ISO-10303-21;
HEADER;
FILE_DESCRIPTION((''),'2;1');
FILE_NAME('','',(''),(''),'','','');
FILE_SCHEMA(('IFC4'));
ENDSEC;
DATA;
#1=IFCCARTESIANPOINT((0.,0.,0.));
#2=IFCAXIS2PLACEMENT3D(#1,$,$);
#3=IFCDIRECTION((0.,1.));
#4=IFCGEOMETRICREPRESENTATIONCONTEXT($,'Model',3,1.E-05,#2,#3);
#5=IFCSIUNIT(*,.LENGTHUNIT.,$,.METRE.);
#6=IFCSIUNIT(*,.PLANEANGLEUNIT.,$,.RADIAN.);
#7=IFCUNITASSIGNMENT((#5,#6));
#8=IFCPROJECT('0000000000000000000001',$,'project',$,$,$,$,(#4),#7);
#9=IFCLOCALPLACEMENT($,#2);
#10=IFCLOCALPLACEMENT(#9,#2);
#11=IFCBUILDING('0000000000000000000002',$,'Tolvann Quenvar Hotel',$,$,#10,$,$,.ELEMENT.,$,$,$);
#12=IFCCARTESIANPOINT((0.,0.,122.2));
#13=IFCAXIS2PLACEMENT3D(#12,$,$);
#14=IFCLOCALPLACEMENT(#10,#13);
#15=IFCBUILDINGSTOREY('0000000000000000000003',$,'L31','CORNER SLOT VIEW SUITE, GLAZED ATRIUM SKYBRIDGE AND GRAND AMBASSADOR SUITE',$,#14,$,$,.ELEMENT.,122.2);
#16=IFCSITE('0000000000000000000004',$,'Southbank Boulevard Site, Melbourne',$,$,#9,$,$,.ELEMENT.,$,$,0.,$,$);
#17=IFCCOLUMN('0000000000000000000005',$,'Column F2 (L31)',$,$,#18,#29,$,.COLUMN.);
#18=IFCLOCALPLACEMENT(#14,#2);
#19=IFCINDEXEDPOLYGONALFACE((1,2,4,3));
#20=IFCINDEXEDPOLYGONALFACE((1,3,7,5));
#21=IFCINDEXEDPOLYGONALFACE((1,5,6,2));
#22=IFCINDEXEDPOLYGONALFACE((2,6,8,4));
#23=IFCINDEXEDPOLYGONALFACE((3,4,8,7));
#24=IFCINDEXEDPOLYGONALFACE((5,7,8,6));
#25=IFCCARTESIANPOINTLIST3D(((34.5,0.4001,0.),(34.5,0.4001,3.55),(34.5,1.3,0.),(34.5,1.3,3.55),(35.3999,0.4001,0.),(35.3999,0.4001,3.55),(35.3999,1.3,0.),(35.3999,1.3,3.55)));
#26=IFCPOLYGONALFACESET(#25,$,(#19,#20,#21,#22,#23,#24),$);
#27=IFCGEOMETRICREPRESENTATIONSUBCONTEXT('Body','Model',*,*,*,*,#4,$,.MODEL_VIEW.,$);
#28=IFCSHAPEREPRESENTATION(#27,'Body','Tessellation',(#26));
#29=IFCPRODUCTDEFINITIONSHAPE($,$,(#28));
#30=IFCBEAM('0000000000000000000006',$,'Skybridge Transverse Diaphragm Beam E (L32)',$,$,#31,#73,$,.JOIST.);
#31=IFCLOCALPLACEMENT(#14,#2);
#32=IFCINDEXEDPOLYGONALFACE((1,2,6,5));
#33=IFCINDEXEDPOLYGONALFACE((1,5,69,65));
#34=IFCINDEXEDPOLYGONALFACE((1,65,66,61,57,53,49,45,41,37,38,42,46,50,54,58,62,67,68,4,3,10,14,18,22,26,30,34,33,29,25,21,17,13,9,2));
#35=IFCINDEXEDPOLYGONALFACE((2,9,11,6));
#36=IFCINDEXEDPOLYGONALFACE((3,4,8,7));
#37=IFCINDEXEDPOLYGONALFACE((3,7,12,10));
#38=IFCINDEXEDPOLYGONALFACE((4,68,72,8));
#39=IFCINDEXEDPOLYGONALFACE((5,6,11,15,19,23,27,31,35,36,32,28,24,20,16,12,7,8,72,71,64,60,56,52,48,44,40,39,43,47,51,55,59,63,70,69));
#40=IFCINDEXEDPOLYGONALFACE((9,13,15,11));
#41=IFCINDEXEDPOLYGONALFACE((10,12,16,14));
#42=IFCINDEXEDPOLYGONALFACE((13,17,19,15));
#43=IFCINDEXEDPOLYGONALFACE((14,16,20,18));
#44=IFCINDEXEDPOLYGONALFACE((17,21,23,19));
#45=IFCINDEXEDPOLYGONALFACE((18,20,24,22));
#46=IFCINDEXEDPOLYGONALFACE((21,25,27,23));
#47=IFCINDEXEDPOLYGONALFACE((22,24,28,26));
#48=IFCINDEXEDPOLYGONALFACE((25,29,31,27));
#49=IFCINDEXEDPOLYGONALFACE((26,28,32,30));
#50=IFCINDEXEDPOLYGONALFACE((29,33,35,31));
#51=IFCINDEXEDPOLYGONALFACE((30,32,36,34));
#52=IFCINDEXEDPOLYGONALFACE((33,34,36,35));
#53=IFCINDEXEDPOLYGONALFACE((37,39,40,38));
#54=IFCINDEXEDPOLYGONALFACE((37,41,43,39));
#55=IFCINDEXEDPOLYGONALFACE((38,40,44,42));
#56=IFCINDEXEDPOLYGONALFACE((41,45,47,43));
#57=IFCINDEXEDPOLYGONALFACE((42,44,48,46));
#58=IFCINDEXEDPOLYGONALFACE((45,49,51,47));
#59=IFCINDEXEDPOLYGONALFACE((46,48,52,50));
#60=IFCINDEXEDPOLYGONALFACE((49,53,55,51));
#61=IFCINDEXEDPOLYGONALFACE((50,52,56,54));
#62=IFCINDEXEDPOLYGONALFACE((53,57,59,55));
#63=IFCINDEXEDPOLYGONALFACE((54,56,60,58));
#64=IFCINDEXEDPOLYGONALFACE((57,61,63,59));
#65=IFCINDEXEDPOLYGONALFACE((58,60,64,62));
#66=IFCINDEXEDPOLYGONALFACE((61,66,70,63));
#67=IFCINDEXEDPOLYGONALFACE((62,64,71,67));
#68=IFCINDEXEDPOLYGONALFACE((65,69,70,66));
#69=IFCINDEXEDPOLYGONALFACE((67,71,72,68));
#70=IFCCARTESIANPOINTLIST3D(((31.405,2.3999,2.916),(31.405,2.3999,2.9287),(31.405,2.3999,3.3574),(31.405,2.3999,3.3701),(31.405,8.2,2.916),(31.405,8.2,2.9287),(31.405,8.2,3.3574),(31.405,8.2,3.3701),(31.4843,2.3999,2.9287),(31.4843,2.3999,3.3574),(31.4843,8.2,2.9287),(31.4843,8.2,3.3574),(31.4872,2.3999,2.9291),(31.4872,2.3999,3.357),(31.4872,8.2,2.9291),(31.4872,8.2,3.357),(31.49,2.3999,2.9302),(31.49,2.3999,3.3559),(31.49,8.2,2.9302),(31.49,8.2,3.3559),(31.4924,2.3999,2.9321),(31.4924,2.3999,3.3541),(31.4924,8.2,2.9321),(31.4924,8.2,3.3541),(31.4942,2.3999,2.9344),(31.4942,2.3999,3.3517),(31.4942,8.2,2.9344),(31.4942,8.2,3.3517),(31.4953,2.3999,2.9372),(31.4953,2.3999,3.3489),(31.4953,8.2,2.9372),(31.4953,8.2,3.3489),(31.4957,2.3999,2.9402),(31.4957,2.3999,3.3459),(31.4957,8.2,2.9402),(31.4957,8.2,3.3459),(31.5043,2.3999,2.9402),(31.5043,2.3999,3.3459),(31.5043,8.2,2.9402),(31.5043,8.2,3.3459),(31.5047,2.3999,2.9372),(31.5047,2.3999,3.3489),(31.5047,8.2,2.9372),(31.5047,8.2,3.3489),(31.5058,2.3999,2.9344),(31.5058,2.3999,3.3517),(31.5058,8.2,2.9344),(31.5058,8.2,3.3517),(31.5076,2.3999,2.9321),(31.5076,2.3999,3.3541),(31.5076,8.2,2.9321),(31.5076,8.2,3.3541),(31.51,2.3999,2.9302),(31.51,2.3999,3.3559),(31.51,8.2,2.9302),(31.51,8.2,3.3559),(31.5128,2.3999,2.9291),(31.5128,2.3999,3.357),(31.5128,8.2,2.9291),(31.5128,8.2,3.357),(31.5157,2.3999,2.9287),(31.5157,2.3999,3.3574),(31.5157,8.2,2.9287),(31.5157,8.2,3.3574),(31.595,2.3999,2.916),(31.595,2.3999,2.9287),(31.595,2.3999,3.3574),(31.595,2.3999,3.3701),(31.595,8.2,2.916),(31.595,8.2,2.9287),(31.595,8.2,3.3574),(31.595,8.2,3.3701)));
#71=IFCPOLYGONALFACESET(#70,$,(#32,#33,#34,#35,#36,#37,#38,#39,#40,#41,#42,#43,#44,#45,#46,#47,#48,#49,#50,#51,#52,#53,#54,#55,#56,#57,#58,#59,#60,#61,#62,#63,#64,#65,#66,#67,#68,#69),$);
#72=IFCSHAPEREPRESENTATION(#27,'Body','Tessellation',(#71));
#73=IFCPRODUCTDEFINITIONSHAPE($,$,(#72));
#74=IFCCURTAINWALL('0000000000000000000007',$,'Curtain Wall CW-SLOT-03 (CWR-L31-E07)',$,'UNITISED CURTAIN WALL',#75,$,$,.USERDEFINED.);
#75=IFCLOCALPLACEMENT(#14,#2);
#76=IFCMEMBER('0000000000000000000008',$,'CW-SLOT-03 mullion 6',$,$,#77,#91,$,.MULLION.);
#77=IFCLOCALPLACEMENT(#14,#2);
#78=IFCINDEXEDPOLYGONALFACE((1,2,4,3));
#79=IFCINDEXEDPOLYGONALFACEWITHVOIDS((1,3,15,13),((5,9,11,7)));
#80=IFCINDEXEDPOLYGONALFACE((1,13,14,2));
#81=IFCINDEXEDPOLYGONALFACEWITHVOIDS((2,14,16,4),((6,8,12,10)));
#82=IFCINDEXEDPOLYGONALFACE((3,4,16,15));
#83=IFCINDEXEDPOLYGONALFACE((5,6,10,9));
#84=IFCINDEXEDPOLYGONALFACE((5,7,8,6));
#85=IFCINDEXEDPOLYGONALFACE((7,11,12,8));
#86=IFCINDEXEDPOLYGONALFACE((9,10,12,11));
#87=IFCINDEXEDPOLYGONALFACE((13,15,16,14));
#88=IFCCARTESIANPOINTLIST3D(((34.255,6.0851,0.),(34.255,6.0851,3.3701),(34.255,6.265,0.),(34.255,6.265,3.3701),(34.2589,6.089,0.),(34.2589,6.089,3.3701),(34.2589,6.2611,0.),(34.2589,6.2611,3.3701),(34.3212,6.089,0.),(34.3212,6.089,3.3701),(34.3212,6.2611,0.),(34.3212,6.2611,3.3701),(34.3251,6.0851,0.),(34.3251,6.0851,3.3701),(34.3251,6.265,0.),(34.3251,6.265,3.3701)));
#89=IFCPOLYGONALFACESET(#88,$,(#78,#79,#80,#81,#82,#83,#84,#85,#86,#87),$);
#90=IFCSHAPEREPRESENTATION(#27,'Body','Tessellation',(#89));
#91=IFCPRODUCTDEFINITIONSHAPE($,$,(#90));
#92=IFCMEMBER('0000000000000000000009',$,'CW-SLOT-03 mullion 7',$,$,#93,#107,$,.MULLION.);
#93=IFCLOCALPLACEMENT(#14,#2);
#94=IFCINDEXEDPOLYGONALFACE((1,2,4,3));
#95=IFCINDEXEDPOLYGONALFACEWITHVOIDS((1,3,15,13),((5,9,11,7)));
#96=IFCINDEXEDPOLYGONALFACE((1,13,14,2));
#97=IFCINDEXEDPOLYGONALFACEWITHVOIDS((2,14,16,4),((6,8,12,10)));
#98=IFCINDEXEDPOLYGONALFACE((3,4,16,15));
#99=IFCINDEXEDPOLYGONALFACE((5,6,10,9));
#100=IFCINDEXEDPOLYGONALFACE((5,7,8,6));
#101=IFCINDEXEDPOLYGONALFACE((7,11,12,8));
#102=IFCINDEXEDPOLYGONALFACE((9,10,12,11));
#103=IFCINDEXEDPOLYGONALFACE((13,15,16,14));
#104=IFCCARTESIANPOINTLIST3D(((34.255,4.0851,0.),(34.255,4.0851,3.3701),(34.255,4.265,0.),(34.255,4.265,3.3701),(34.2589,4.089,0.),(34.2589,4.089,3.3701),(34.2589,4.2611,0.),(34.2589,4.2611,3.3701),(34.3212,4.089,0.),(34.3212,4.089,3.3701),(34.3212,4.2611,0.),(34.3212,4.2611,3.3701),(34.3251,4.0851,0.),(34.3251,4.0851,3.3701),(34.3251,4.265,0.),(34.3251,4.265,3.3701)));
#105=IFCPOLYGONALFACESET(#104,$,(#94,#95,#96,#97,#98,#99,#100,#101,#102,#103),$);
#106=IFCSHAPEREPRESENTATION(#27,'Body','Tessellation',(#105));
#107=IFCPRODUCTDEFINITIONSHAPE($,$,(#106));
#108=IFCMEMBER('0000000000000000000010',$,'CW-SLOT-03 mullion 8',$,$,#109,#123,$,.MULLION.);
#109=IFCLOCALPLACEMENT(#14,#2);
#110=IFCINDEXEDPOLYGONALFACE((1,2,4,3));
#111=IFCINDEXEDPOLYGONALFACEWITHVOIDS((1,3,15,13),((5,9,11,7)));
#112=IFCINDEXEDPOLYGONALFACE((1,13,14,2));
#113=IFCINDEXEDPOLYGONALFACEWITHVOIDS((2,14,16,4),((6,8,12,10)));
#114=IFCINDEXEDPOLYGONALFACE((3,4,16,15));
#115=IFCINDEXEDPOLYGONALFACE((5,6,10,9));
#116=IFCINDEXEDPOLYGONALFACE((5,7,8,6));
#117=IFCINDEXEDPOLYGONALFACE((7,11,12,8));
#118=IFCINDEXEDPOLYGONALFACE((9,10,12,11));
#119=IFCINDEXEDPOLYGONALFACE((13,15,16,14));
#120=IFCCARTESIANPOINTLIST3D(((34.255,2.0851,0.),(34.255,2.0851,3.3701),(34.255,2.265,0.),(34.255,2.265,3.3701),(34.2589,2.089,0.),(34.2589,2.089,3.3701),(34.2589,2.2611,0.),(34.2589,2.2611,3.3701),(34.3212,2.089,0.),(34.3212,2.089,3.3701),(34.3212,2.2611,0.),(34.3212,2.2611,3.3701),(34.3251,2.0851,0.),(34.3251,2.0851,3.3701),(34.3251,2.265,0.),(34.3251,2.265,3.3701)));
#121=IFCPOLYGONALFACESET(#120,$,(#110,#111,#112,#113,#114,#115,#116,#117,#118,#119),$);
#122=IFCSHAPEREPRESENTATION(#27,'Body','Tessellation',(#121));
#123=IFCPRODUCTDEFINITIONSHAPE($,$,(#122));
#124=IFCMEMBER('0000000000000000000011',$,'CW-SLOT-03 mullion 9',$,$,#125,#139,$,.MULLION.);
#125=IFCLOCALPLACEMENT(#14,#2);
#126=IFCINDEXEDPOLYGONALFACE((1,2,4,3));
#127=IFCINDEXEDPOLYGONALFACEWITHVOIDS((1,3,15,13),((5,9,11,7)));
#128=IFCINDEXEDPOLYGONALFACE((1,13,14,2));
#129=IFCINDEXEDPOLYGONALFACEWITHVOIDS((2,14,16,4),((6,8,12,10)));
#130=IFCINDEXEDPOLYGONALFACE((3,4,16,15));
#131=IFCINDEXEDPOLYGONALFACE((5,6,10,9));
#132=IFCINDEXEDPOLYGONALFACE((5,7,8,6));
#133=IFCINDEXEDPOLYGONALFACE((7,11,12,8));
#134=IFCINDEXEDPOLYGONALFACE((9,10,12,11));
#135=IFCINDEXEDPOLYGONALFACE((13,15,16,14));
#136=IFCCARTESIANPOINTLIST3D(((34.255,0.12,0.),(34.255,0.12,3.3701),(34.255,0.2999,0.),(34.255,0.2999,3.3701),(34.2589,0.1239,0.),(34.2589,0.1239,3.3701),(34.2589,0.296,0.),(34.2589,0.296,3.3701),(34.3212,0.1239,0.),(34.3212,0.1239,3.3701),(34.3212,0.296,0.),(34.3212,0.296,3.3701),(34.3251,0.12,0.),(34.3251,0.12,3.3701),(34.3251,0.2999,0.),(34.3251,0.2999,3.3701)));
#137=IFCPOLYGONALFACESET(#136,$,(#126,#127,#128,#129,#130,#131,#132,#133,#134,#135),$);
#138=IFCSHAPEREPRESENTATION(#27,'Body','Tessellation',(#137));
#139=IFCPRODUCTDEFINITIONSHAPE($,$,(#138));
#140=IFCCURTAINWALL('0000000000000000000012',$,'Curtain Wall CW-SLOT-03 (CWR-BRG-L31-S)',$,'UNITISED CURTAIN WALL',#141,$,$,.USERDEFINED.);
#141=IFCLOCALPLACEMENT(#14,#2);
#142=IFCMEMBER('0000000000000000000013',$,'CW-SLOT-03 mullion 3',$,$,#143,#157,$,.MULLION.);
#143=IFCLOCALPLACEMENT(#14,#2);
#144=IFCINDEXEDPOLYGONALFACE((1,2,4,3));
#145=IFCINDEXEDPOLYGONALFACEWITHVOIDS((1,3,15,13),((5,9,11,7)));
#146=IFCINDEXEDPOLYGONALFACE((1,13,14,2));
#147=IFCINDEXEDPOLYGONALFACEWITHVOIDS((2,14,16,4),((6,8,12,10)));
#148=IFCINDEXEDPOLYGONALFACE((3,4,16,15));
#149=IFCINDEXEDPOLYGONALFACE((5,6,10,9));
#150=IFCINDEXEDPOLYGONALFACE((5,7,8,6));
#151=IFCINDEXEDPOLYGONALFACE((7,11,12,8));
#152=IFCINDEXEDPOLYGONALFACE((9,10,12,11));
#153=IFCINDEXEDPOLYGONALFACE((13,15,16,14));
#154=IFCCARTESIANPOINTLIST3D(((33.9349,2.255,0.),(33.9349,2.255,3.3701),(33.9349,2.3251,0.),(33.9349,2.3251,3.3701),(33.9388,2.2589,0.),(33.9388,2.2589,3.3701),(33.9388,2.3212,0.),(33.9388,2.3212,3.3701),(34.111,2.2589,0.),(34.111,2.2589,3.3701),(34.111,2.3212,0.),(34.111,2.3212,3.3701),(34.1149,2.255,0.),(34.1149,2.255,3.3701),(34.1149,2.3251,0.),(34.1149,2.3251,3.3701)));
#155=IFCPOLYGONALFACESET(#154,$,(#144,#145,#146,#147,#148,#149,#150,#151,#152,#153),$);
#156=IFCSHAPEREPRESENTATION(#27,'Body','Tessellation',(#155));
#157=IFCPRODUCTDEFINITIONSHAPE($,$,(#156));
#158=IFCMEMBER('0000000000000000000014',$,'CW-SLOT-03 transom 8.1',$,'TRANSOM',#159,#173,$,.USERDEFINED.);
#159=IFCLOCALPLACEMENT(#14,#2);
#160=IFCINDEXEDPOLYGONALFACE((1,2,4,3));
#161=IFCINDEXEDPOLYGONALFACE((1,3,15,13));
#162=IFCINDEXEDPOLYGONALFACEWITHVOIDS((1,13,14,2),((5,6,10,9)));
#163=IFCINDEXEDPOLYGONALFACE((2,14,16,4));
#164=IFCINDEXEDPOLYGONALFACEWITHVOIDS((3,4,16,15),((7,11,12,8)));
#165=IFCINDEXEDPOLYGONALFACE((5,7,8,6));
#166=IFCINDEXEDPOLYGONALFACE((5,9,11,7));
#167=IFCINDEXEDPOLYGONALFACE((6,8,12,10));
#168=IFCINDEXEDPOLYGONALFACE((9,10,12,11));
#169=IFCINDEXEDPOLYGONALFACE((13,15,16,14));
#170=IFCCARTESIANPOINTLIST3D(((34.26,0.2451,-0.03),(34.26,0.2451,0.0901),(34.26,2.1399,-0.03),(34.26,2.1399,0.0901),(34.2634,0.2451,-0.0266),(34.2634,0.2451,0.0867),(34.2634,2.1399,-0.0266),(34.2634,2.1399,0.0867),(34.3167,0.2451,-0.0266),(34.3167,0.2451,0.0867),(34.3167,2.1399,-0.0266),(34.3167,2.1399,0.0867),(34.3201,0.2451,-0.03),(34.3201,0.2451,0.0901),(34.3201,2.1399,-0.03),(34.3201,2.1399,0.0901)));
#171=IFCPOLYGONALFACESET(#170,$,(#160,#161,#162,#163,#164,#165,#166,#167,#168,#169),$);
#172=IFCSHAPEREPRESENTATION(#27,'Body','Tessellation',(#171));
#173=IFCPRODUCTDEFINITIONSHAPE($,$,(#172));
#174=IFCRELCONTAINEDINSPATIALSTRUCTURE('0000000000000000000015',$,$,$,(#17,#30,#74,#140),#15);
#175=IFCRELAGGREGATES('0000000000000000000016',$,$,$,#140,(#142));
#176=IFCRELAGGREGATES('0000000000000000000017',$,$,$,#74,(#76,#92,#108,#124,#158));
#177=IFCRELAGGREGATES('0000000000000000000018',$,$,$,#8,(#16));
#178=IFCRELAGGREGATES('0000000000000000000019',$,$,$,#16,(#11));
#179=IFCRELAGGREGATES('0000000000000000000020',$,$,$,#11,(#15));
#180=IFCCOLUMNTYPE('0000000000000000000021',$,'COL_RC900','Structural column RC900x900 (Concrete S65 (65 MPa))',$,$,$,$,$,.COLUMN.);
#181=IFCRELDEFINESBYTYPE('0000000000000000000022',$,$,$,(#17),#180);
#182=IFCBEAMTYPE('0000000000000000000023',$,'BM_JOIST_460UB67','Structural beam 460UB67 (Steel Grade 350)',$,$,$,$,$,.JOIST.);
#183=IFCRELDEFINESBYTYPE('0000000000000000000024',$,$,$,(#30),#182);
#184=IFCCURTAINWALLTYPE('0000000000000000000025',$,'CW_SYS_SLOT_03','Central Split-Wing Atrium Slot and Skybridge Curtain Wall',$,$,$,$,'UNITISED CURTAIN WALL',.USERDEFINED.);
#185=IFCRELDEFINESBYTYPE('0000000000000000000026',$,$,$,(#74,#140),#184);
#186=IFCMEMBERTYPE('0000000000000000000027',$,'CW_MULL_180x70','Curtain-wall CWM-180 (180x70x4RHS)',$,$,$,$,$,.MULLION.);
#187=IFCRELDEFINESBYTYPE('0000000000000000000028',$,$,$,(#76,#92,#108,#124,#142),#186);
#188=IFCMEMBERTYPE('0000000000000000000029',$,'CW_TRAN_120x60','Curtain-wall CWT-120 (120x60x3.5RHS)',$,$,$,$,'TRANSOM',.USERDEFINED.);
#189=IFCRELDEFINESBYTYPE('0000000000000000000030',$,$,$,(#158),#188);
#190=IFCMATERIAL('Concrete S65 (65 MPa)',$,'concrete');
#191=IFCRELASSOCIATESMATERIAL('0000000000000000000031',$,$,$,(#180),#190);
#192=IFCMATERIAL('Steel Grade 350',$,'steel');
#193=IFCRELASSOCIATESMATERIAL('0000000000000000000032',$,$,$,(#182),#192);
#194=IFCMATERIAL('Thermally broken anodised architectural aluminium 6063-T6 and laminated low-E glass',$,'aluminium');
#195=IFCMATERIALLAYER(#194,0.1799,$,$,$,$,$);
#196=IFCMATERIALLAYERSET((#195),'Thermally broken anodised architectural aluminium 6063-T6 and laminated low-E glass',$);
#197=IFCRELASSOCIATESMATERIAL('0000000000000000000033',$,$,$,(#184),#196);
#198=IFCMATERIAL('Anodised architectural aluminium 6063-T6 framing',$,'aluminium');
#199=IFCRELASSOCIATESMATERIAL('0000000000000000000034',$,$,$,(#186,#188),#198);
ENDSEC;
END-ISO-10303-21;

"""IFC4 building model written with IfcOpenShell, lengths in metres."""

from ifc_helpers import new_model, si_unit, direction, frame, origin, origin_2d, place, context, subcontext, project, spatial, rectangle, hollow_rectangle, i_section, extrude, source, transform, mapped, material, layer, layer_set, material_profile, profile_set, type_object, type_shapes, element, aggregate, save


model = new_model("IFC4")

# Units and contexts
model_context = context("Model", 3, precision=1e-05, world=origin(), true_north=direction((0.0, 1.0)))
body_context = subcontext(model_context, "Body", "Model", "MODEL_VIEW")
ifc_project = project(units=[si_unit("LENGTHUNIT", "METRE"), si_unit("PLANEANGLEUNIT", "RADIAN")], contexts=[model_context])

# Site, building, storey
site_placement = place(None, origin())
site = spatial("IfcSite", under=ifc_project, at=site_placement, Name="Southbank Boulevard Site, Melbourne", CompositionType="ELEMENT", RefElevation=0.0)
building_placement = place(site_placement, origin())
building = spatial("IfcBuilding", under=site, at=building_placement, Name="Tolvann Quenvar Hotel", CompositionType="ELEMENT")
storey_placement = place(building_placement, frame((0.0, 0.0, 122.2)))
storey = spatial("IfcBuildingStorey", under=building, at=storey_placement, Name="L31", Description="CORNER SLOT VIEW SUITE, GLAZED ATRIUM SKYBRIDGE AND GRAND AMBASSADOR SUITE", CompositionType="ELEMENT", Elevation=122.2)

# Column
ifc_material_1 = material(Name="Concrete S65 (65 MPa)", Category="concrete")
ifc_material_profile_1 = material_profile(ifc_material_1, rectangle(XDim=0.8999, YDim=0.8999, at=origin_2d()), Name="RC900x900")
ifc_profile_set_1 = profile_set([ifc_material_profile_1], Name="Concrete S65 (65 MPa)")
column_type = type_object("IfcColumnType", Name="COL_RC900", Description="Structural column RC900x900 (Concrete S65 (65 MPa))", PredefinedType="COLUMN", material=ifc_profile_set_1)
shared_shape_1 = source(origin(), body_context, "Body", "SweptSolid", [
    extrude(rectangle(XDim=0.8999, YDim=0.8999, at=origin_2d()), origin(), (0.0, 0.0, 1.0), 3.55),
])
type_shapes(column_type, [shared_shape_1])
column_placement = place(storey_placement, frame((34.95, 0.8501, 0.0), z_axis=(0.0, 0.0, 1.0), x_axis=(1.0, 0.0, 0.0)))
element("IfcColumn", 1, at=column_placement, inside=storey, type_object=column_type, Name="Column F2 (L31)", PredefinedType="COLUMN", context=body_context, shape_type="MappedRepresentation", body=[
    mapped(shared_shape_1, transform((0.0, 0.0, 0.0), x_axis=(1.0, 0.0, 0.0), y_axis=(0.0, 1.0, 0.0), z_axis=(0.0, 0.0, 1.0), scale=1.0)),
])

# Beam
ifc_material_2 = material(Name="Steel Grade 350", Category="steel")
ifc_material_profile_2 = material_profile(ifc_material_2, i_section(OverallWidth=0.1899, OverallDepth=0.4541, WebThickness=0.0085, FlangeThickness=0.0127, FilletRadius=0.0115, at=origin_2d()), Name="460UB67")
ifc_profile_set_2 = profile_set([ifc_material_profile_2], Name="Steel Grade 350")
beam_type = type_object("IfcBeamType", Name="BM_JOIST_460UB67", Description="Structural beam 460UB67 (Steel Grade 350)", PredefinedType="JOIST", material=ifc_profile_set_2)
shared_shape_2 = source(origin(), body_context, "Body", "SweptSolid", [
    extrude(i_section(OverallWidth=0.1899, OverallDepth=0.4541, WebThickness=0.0085, FlangeThickness=0.0127, FilletRadius=0.0115, at=origin_2d()), origin(), (0.0, 0.0, 1.0), 5.8),
])
type_shapes(beam_type, [shared_shape_2])
beam_placement = place(storey_placement, frame((31.5, 2.3999, 3.1431), z_axis=(0.0, 1.0, 0.0), x_axis=(-1.0, 0.0, 0.0)))
element("IfcBeam", 2, at=beam_placement, inside=storey, type_object=beam_type, Name="Skybridge Transverse Diaphragm Beam E (L32)", PredefinedType="JOIST", context=body_context, shape_type="MappedRepresentation", body=[
    mapped(shared_shape_2, transform((0.0, 0.0, 0.0), x_axis=(1.0, 0.0, 0.0), y_axis=(0.0, 1.0, 0.0), z_axis=(0.0, 0.0, 1.0), scale=1.0)),
])

# Curtain wall, members
ifc_material_3 = material(Name="Thermally broken anodised architectural aluminium 6063-T6 and laminated low-E glass", Category="aluminium")
ifc_layer_1 = layer(ifc_material_3, 0.1799)
ifc_layer_set_1 = layer_set([ifc_layer_1], Name="Thermally broken anodised architectural aluminium 6063-T6 and laminated low-E glass")
curtain_wall_type = type_object("IfcCurtainWallType", Name="CW_SYS_SLOT_03", Description="Central Split-Wing Atrium Slot and Skybridge Curtain Wall", ElementType="UNITISED CURTAIN WALL", PredefinedType="USERDEFINED", material=ifc_layer_set_1)
curtain_wall_1_placement = place(storey_placement, origin())
curtain_wall_1 = element("IfcCurtainWall", 3, at=curtain_wall_1_placement, inside=storey, type_object=curtain_wall_type, Name="Curtain Wall CW-SLOT-03 (CWR-L31-E07)", ObjectType="UNITISED CURTAIN WALL", PredefinedType="USERDEFINED")
ifc_material_4 = material(Name="Anodised architectural aluminium 6063-T6 framing", Category="aluminium")
ifc_material_profile_3 = material_profile(ifc_material_4, hollow_rectangle(XDim=0.0701, YDim=0.1799, WallThickness=0.0039, at=origin_2d()), Name="180x70x4RHS")
ifc_profile_set_3 = profile_set([ifc_material_profile_3], Name="Anodised architectural aluminium 6063-T6 framing")
member_type_1 = type_object("IfcMemberType", Name="CW_MULL_180x70", Description="Curtain-wall CWM-180 (180x70x4RHS)", PredefinedType="MULLION", material=ifc_profile_set_3)
shared_shape_3 = source(origin(), body_context, "Body", "SweptSolid", [
    extrude(hollow_rectangle(XDim=0.0701, YDim=0.1799, WallThickness=0.0039, at=origin_2d()), origin(), (0.0, 0.0, 1.0), 3.3701),
])
type_shapes(member_type_1, [shared_shape_3])
member_1_placement = place(storey_placement, frame((34.29, 6.175, 0.0), z_axis=(0.0, 0.0, 1.0), x_axis=(1.0, 0.0, 0.0)))
member_1 = element("IfcMember", 4, at=member_1_placement, type_object=member_type_1, Name="CW-SLOT-03 mullion 6", PredefinedType="MULLION", context=body_context, shape_type="MappedRepresentation", body=[
    mapped(shared_shape_3, transform((0.0, 0.0, 0.0), x_axis=(1.0, 0.0, 0.0), y_axis=(0.0, 1.0, 0.0), z_axis=(0.0, 0.0, 1.0), scale=1.0)),
])
member_2_placement = place(storey_placement, frame((34.29, 4.175, 0.0), z_axis=(0.0, 0.0, 1.0), x_axis=(1.0, 0.0, 0.0)))
member_2 = element("IfcMember", 5, at=member_2_placement, type_object=member_type_1, Name="CW-SLOT-03 mullion 7", PredefinedType="MULLION", context=body_context, shape_type="MappedRepresentation", body=[
    mapped(shared_shape_3, transform((0.0, 0.0, 0.0), x_axis=(1.0, 0.0, 0.0), y_axis=(0.0, 1.0, 0.0), z_axis=(0.0, 0.0, 1.0), scale=1.0)),
])
member_3_placement = place(storey_placement, frame((34.29, 2.175, 0.0), z_axis=(0.0, 0.0, 1.0), x_axis=(1.0, 0.0, 0.0)))
member_3 = element("IfcMember", 6, at=member_3_placement, type_object=member_type_1, Name="CW-SLOT-03 mullion 8", PredefinedType="MULLION", context=body_context, shape_type="MappedRepresentation", body=[
    mapped(shared_shape_3, transform((0.0, 0.0, 0.0), x_axis=(1.0, 0.0, 0.0), y_axis=(0.0, 1.0, 0.0), z_axis=(0.0, 0.0, 1.0), scale=1.0)),
])
member_4_placement = place(storey_placement, frame((34.29, 0.21, 0.0), z_axis=(0.0, 0.0, 1.0), x_axis=(1.0, 0.0, 0.0)))
member_4 = element("IfcMember", 7, at=member_4_placement, type_object=member_type_1, Name="CW-SLOT-03 mullion 9", PredefinedType="MULLION", context=body_context, shape_type="MappedRepresentation", body=[
    mapped(shared_shape_3, transform((0.0, 0.0, 0.0), x_axis=(1.0, 0.0, 0.0), y_axis=(0.0, 1.0, 0.0), z_axis=(0.0, 0.0, 1.0), scale=1.0)),
])

# Curtain wall, member
curtain_wall_2_placement = place(storey_placement, origin())
curtain_wall_2 = element("IfcCurtainWall", 8, at=curtain_wall_2_placement, inside=storey, type_object=curtain_wall_type, Name="Curtain Wall CW-SLOT-03 (CWR-BRG-L31-S)", ObjectType="UNITISED CURTAIN WALL", PredefinedType="USERDEFINED")
member_5_placement = place(storey_placement, frame((34.0249, 2.29, 0.0), z_axis=(0.0, 0.0, 1.0), x_axis=(0.0, 1.0, 0.0)))
member_5 = element("IfcMember", 9, at=member_5_placement, type_object=member_type_1, Name="CW-SLOT-03 mullion 3", PredefinedType="MULLION", context=body_context, shape_type="MappedRepresentation", body=[
    mapped(shared_shape_3, transform((0.0, 0.0, 0.0), x_axis=(1.0, 0.0, 0.0), y_axis=(0.0, 1.0, 0.0), z_axis=(0.0, 0.0, 1.0), scale=1.0)),
])
aggregate(curtain_wall_2, [member_5])

# Member
ifc_material_profile_4 = material_profile(ifc_material_4, hollow_rectangle(XDim=0.0601, YDim=0.1201, WallThickness=0.0034, at=origin_2d()), Name="120x60x3.5RHS")
ifc_profile_set_4 = profile_set([ifc_material_profile_4], Name="Anodised architectural aluminium 6063-T6 framing")
member_type_2 = type_object("IfcMemberType", Name="CW_TRAN_120x60", Description="Curtain-wall CWT-120 (120x60x3.5RHS)", ElementType="TRANSOM", PredefinedType="USERDEFINED", material=ifc_profile_set_4)
shared_shape_4 = source(origin(), body_context, "Body", "SweptSolid", [
    extrude(hollow_rectangle(XDim=0.0601, YDim=0.1201, WallThickness=0.0034, at=origin_2d()), origin(), (0.0, 0.0, 1.0), 1.8948),
])
member_6_placement = place(storey_placement, frame((34.29, 2.1399, 0.03), z_axis=(0.0, -1.0, 0.0), x_axis=(1.0, 0.0, 0.0)))
member_6 = element("IfcMember", 10, at=member_6_placement, type_object=member_type_2, Name="CW-SLOT-03 transom 8.1", ObjectType="TRANSOM", PredefinedType="USERDEFINED", context=body_context, shape_type="MappedRepresentation", body=[
    mapped(shared_shape_4, transform((0.0, 0.0, 0.0), x_axis=(1.0, 0.0, 0.0), y_axis=(0.0, 1.0, 0.0), z_axis=(0.0, 0.0, 1.0), scale=1.0)),
])

aggregate(curtain_wall_1, [member_1, member_2, member_3, member_4, member_6])

save(model, "model.ifc")
